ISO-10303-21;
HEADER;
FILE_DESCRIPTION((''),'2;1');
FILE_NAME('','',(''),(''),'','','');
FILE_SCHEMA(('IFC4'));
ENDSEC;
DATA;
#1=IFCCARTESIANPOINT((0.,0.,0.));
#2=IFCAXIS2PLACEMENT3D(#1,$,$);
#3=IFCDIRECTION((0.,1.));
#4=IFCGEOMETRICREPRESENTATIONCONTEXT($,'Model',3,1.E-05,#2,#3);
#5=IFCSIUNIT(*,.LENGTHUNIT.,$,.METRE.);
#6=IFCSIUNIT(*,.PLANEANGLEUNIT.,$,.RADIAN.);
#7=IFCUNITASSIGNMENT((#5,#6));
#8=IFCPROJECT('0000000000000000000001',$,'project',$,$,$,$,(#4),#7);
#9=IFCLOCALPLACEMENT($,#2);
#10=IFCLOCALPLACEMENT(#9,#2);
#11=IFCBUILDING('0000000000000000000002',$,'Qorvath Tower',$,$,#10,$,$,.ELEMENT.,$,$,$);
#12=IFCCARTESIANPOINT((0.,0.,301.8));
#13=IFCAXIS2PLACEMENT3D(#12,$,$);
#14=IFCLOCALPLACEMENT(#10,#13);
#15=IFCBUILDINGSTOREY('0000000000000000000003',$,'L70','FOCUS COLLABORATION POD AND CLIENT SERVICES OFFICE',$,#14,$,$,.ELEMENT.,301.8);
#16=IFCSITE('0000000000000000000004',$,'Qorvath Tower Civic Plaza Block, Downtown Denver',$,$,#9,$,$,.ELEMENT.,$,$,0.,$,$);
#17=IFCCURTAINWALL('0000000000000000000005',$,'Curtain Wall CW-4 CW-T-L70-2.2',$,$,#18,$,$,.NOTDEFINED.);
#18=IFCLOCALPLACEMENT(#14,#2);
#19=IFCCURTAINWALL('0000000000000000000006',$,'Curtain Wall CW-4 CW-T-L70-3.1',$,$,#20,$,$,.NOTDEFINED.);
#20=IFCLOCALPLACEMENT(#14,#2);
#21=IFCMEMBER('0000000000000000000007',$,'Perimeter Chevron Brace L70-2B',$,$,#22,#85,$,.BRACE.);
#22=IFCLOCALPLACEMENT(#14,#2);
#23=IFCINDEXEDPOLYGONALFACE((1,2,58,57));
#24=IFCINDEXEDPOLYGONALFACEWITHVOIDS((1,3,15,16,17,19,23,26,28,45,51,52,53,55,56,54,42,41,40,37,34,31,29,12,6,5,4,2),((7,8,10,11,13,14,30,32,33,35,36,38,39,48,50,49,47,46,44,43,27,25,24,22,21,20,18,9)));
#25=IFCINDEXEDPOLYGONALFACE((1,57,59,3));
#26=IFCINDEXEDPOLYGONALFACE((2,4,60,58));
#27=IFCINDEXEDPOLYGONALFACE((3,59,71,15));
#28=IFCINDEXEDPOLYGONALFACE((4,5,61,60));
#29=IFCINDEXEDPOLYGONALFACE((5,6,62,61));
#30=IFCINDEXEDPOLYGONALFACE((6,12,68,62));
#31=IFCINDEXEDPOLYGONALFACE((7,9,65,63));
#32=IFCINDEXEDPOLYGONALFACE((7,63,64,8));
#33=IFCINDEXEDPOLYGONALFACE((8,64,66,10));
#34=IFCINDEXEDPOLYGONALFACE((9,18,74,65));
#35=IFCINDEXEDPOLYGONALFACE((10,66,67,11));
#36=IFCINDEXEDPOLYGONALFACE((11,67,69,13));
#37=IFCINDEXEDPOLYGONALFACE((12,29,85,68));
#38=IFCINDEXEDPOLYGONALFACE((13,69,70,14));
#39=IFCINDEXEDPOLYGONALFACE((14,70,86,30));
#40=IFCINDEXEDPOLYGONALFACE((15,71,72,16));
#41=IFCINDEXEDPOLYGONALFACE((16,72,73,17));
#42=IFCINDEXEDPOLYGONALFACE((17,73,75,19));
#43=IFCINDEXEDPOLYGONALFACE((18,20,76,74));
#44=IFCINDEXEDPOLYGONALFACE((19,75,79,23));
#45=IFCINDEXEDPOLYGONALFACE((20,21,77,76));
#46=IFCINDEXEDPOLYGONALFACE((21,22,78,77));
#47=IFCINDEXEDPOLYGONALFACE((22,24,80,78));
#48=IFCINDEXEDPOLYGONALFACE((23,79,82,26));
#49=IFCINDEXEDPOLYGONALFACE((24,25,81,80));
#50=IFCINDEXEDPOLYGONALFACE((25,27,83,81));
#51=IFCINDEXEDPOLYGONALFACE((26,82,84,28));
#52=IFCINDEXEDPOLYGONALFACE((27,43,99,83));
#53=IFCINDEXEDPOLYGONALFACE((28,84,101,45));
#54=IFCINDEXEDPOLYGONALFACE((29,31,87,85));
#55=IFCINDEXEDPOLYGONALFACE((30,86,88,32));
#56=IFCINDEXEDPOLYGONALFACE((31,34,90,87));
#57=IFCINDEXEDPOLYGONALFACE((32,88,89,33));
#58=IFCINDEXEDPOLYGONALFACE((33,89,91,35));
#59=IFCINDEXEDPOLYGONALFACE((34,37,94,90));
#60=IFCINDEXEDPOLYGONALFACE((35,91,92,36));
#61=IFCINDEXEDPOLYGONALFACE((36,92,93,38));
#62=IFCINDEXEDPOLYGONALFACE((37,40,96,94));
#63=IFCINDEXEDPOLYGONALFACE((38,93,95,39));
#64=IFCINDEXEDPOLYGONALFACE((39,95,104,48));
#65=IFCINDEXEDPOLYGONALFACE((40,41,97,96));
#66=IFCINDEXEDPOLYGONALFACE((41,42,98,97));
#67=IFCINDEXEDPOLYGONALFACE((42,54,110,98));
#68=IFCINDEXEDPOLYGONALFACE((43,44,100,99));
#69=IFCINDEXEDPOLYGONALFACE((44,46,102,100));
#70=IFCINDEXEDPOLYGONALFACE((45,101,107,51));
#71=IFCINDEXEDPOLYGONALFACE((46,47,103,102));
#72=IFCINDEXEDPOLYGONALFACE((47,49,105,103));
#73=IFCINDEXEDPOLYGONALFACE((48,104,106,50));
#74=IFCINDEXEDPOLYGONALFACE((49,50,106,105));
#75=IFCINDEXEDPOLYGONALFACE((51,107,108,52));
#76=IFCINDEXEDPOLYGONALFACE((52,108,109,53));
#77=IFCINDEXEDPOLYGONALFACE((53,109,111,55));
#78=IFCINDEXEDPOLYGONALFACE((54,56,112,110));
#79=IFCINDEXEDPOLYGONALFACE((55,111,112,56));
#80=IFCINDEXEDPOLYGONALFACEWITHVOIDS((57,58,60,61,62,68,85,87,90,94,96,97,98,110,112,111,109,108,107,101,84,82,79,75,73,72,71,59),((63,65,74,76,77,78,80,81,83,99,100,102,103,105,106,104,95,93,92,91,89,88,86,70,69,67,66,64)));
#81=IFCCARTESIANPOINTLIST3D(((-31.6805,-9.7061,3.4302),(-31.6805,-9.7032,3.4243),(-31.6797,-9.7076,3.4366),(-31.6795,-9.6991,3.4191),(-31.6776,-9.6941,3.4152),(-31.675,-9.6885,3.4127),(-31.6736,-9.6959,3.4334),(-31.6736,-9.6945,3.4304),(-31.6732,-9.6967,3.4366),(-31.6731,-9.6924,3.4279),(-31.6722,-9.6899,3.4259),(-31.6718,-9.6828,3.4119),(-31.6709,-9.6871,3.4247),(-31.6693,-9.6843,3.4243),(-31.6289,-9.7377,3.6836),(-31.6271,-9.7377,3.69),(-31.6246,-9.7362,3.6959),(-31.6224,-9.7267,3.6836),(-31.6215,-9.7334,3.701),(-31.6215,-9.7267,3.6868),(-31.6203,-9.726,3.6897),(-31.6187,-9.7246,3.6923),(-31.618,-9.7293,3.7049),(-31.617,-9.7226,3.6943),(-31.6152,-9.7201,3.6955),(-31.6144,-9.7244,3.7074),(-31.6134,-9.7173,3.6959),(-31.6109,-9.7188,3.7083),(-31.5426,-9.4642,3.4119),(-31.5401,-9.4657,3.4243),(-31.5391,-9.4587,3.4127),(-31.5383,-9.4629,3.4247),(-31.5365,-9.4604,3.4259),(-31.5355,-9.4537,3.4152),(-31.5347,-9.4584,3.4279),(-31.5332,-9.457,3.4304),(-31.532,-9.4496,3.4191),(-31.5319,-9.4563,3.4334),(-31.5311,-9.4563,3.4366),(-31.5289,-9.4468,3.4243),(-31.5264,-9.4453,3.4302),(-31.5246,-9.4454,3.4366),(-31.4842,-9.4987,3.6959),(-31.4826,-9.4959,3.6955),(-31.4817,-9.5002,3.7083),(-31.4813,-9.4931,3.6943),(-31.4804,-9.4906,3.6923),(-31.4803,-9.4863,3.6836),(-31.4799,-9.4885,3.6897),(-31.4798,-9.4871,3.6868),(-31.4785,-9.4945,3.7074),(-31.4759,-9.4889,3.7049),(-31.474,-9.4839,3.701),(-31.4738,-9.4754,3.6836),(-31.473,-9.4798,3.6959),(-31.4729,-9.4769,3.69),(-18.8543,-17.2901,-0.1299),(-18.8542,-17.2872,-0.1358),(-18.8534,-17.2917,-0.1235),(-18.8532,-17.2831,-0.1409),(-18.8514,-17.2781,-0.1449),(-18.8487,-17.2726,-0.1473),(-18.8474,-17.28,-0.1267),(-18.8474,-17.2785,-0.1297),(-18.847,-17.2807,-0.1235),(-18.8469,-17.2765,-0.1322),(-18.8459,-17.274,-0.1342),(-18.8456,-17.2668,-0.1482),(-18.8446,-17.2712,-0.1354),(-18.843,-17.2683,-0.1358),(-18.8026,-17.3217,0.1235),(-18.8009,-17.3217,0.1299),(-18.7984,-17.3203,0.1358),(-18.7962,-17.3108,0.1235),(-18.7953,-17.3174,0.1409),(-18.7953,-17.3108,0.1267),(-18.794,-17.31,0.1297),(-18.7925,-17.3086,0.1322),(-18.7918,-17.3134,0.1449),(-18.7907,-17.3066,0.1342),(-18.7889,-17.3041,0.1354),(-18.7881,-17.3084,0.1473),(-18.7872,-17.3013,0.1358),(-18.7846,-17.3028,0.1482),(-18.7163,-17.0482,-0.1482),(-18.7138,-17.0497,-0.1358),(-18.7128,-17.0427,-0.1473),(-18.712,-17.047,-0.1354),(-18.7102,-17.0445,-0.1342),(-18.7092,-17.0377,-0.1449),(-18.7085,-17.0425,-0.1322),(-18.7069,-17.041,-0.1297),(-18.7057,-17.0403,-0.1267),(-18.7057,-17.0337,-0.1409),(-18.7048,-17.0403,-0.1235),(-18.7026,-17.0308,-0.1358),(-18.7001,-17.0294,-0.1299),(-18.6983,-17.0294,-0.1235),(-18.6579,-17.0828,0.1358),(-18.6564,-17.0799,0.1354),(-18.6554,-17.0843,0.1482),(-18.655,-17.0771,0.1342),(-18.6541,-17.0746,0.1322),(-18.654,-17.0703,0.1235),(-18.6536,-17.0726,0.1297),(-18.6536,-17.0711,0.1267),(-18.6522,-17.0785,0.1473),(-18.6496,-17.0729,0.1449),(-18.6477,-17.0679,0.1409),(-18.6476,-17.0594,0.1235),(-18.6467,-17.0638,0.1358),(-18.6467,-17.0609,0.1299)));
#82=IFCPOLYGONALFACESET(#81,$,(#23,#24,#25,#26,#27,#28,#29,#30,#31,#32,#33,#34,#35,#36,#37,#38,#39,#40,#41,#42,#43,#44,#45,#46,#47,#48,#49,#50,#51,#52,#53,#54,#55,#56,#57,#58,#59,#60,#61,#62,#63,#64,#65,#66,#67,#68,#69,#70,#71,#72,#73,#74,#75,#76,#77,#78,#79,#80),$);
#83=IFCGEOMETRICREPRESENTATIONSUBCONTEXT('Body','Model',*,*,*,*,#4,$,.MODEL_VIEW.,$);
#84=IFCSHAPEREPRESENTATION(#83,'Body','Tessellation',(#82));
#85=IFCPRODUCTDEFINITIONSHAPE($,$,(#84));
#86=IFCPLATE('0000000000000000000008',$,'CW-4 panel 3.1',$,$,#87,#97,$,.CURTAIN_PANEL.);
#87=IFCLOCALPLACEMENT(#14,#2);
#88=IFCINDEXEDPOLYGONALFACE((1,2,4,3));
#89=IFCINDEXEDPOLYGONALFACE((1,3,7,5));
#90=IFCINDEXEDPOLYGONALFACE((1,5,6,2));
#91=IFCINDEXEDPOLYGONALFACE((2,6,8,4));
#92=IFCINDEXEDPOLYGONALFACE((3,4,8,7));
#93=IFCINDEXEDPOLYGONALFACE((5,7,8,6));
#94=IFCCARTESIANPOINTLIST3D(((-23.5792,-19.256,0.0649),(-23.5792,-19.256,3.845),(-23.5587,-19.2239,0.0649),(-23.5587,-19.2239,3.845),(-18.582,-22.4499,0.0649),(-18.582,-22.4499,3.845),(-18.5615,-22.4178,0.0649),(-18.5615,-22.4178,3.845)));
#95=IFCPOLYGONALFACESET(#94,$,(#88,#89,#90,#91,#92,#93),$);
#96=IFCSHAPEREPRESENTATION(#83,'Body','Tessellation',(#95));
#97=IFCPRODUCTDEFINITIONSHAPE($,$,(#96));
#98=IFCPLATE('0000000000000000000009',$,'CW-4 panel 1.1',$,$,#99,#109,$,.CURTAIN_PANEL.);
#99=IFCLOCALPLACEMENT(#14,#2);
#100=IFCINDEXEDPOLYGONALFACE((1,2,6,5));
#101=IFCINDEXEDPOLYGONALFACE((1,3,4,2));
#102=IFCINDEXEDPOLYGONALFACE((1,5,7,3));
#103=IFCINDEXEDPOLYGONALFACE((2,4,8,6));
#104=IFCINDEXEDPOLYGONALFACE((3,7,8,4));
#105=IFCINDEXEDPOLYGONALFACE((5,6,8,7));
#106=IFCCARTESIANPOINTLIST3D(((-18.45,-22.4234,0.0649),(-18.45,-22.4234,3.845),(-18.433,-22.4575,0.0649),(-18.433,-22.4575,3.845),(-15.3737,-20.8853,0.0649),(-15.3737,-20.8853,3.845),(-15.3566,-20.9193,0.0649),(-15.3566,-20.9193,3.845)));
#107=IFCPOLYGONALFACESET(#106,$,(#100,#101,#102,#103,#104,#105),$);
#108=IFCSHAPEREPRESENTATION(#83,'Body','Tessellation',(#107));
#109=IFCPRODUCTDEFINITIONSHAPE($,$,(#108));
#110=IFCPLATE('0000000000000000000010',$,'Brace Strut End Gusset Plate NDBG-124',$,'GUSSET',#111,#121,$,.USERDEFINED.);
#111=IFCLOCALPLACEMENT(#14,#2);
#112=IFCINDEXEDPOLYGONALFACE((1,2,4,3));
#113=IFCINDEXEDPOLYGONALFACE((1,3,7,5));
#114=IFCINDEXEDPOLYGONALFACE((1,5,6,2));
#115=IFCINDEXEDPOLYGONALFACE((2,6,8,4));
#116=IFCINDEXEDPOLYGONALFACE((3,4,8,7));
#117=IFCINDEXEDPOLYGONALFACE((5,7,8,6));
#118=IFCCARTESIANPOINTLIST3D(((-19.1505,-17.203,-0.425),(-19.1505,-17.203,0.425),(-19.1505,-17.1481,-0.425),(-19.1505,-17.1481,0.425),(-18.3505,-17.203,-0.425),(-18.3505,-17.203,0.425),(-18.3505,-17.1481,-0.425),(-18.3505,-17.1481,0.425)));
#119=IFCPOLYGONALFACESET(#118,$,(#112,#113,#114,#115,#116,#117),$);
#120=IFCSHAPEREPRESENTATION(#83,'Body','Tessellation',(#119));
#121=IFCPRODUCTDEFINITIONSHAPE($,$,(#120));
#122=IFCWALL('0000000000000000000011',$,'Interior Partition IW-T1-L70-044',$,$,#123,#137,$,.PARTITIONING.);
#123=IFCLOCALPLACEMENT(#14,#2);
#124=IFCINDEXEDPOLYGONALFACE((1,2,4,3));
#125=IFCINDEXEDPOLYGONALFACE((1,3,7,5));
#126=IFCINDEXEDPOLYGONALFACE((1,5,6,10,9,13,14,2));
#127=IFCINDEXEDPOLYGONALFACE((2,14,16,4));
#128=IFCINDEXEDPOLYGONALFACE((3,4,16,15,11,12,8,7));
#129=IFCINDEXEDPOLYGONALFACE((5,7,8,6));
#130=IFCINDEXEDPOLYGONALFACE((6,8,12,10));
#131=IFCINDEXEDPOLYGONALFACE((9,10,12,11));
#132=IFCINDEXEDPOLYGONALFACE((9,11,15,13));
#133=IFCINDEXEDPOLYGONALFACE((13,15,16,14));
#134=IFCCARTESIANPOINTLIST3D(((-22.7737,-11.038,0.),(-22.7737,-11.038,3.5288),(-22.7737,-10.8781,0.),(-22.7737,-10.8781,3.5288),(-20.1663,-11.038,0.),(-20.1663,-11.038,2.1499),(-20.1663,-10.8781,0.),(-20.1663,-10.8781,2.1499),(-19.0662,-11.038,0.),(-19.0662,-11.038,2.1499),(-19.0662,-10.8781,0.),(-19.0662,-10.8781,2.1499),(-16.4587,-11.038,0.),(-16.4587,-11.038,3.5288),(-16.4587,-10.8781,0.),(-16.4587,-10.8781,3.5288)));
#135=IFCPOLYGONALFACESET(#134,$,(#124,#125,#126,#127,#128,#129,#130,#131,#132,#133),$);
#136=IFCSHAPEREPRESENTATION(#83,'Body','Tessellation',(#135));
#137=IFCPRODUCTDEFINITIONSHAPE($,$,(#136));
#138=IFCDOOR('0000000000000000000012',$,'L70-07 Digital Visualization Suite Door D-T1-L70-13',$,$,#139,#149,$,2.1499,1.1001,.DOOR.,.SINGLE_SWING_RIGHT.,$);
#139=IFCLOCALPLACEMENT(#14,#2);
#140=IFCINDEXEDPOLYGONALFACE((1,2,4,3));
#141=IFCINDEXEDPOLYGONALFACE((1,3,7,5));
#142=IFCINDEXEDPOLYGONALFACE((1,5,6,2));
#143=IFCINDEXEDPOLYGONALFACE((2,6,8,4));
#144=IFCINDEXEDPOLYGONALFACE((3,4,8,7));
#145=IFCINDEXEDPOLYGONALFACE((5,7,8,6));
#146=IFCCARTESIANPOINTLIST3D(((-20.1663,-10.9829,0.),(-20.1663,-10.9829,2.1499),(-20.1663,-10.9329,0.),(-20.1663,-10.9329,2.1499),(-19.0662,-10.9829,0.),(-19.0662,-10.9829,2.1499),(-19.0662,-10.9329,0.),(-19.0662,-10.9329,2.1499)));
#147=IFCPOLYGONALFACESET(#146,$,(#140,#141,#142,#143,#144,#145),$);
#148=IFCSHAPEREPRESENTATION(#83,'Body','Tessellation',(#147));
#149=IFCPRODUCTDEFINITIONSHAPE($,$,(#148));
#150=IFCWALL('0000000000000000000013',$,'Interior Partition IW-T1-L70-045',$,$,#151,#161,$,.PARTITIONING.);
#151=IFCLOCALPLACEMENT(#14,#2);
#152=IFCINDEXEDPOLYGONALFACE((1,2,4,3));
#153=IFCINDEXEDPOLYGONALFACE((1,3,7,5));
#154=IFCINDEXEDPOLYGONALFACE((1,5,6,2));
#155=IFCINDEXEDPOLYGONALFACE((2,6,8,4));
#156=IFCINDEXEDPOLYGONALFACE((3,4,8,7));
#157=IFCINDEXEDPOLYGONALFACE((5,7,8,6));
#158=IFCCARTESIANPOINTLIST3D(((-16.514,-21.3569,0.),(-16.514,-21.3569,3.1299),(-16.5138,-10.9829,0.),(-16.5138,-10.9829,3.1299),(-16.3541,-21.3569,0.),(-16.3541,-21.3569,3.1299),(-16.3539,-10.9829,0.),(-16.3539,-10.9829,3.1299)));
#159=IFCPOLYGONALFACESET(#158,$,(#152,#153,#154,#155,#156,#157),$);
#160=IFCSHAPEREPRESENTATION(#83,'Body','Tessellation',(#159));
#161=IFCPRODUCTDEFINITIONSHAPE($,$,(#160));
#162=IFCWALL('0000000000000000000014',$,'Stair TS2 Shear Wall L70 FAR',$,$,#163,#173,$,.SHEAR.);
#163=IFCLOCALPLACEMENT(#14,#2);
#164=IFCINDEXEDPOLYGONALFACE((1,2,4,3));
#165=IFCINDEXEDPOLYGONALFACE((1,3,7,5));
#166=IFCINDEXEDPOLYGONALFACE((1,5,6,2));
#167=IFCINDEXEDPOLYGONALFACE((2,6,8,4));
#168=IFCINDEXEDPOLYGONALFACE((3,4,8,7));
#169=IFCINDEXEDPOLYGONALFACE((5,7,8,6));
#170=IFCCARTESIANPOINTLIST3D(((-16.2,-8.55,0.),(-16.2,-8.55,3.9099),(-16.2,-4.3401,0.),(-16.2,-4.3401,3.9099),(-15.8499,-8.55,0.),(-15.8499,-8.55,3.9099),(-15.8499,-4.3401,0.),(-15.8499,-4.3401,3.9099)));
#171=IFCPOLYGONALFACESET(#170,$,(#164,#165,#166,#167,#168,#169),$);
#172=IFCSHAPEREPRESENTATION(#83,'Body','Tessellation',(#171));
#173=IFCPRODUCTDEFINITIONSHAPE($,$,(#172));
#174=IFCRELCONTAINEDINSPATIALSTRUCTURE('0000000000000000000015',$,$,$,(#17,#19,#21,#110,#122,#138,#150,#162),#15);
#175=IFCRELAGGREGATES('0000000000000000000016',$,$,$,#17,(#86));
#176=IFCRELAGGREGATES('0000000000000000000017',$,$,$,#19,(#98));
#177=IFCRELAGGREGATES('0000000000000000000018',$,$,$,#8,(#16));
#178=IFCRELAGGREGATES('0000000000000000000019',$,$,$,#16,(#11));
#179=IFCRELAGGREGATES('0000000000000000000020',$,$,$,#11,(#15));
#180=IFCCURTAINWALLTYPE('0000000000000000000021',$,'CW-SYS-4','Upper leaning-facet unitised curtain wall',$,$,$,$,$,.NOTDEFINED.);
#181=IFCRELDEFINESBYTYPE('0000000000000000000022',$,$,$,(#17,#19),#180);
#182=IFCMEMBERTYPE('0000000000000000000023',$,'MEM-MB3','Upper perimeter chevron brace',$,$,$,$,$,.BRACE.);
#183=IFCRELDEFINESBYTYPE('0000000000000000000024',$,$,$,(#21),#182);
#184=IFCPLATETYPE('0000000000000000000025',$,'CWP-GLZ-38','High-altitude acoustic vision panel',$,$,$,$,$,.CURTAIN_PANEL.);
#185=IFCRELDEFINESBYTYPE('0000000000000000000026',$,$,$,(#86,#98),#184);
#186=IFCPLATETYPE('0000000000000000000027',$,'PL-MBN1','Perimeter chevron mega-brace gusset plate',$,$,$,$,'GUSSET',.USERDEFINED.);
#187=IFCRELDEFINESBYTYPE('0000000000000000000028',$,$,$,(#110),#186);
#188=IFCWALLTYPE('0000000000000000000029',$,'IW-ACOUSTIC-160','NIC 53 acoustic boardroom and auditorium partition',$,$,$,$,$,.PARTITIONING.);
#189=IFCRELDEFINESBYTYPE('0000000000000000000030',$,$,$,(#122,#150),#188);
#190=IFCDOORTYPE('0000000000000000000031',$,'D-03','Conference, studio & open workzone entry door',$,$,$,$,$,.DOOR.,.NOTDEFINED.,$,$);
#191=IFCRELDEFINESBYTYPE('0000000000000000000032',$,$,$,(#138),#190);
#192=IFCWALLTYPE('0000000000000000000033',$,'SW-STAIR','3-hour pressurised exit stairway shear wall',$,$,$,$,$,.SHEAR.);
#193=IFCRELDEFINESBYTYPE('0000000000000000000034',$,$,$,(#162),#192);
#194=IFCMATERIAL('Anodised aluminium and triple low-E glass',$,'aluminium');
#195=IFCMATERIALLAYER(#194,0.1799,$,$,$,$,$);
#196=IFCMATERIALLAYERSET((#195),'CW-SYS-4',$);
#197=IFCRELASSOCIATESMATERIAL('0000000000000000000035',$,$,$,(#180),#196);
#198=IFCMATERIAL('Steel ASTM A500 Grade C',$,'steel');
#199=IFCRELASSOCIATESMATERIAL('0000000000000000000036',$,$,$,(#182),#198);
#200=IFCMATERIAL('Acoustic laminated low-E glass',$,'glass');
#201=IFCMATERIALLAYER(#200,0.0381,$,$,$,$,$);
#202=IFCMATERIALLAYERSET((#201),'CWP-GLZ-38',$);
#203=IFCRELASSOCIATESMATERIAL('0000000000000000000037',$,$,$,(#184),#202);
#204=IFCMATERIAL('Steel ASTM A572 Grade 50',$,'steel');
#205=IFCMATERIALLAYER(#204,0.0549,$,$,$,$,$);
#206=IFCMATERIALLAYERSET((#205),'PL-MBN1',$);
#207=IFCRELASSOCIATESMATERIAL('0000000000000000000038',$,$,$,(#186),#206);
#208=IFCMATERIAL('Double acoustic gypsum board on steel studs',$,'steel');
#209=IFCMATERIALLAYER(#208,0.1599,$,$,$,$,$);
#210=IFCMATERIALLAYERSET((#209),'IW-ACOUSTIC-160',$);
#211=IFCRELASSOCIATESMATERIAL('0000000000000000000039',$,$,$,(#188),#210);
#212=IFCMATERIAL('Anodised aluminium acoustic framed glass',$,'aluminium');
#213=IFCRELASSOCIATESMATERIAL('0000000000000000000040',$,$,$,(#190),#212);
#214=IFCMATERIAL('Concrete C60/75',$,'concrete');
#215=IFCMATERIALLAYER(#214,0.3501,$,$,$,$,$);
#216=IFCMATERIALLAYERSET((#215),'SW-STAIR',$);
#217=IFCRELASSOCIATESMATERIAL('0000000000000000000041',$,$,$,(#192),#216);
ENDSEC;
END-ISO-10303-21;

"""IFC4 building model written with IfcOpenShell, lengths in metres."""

from ifc_helpers import new_model, si_unit, direction, frame, frame_2d, origin, origin_2d, place, context, subcontext, project, spatial, rectangle, hollow_rectangle, extrude, material, layer, layer_set, material_profile, profile_set, type_object, element, fill, aggregate, save


model = new_model("IFC4")

# Units and contexts
model_context = context("Model", 3, precision=1e-05, world=origin(), true_north=direction((0.0, 1.0)))
body_context = subcontext(model_context, "Body", "Model", "MODEL_VIEW")
ifc_project = project(units=[si_unit("LENGTHUNIT", "METRE"), si_unit("PLANEANGLEUNIT", "RADIAN")], contexts=[model_context])

# Site, building, storey
site_placement = place(None, origin())
site = spatial("IfcSite", under=ifc_project, at=site_placement, Name="Qorvath Tower Civic Plaza Block, Downtown Denver", CompositionType="ELEMENT", RefElevation=0.0)
building_placement = place(site_placement, origin())
building = spatial("IfcBuilding", under=site, at=building_placement, Name="Qorvath Tower", CompositionType="ELEMENT")
storey_placement = place(building_placement, frame((0.0, 0.0, 301.8)))
storey = spatial("IfcBuildingStorey", under=building, at=storey_placement, Name="L70", Description="FOCUS COLLABORATION POD AND CLIENT SERVICES OFFICE", CompositionType="ELEMENT", Elevation=301.8)

# Curtain wall
ifc_material_1 = material(Name="Anodised aluminium and triple low-E glass", Category="aluminium")
ifc_layer_1 = layer(ifc_material_1, 0.1799)
ifc_layer_set_1 = layer_set([ifc_layer_1], Name="CW-SYS-4")
curtain_wall_type = type_object("IfcCurtainWallType", Name="CW-SYS-4", Description="Upper leaning-facet unitised curtain wall", PredefinedType="NOTDEFINED", material=ifc_layer_set_1)
curtain_wall_1_placement = place(storey_placement, origin())
curtain_wall_1 = element("IfcCurtainWall", 1, at=curtain_wall_1_placement, inside=storey, type_object=curtain_wall_type, Name="Curtain Wall CW-4 CW-T-L70-2.2", PredefinedType="NOTDEFINED")

# Curtain wall
curtain_wall_2_placement = place(storey_placement, origin())
curtain_wall_2 = element("IfcCurtainWall", 2, at=curtain_wall_2_placement, inside=storey, type_object=curtain_wall_type, Name="Curtain Wall CW-4 CW-T-L70-3.1", PredefinedType="NOTDEFINED")

# Member
ifc_material_2 = material(Name="Steel ASTM A500 Grade C", Category="steel")
ifc_material_profile_1 = material_profile(ifc_material_2, hollow_rectangle(XDim=0.3047, YDim=0.3047, WallThickness=0.0127, InnerFilletRadius=0.0127, OuterFilletRadius=0.0254, at=origin_2d()), Name="HSS 305x305x12.7")
ifc_profile_set_1 = profile_set([ifc_material_profile_1], Name="Steel ASTM A500 Grade C")
member_type_1 = type_object("IfcMemberType", Name="MEM-MB3", Description="Upper perimeter chevron brace", PredefinedType="BRACE", material=ifc_profile_set_1)
member_1_placement = place(storey_placement, frame((-18.7505, -17.1755, 0.0), z_axis=(-0.837219, 0.495039, 0.23238), x_axis=(-0.508972, -0.860783, 0.0)))
element("IfcMember", 3, at=member_1_placement, inside=storey, type_object=member_type_1, Name="Perimeter Chevron Brace L70-2B", PredefinedType="BRACE", context=body_context, shape_type="SweptSolid", body=[
    extrude(hollow_rectangle(XDim=0.3047, YDim=0.3047, WallThickness=0.0127, InnerFilletRadius=0.0127, OuterFilletRadius=0.0254, at=origin_2d()), origin(), (0.0, 0.0, 1.0), 15.3201),
])

# Plates
ifc_material_3 = material(Name="Acoustic laminated low-E glass", Category="glass")
ifc_layer_2 = layer(ifc_material_3, 0.0381)
ifc_layer_set_2 = layer_set([ifc_layer_2], Name="CWP-GLZ-38")
plate_type_1 = type_object("IfcPlateType", Name="CWP-GLZ-38", Description="High-altitude acoustic vision panel", PredefinedType="CURTAIN_PANEL", material=ifc_layer_set_2)
plate_1_placement = place(storey_placement, frame((-21.0703, -20.8369, 0.0649), z_axis=(0.0, 0.0, 1.0), x_axis=(0.842603, -0.538535, 0.0)))
plate_1 = element("IfcPlate", 4, at=plate_1_placement, type_object=plate_type_1, Name="CW-4 panel 3.1", PredefinedType="CURTAIN_PANEL", context=body_context, shape_type="SweptSolid", body=[
    extrude(rectangle(XDim=5.9307, YDim=0.0381, at=origin_2d()), origin(), (0.0, 0.0, 1.0), 3.78),
])
aggregate(curtain_wall_1, [plate_1])
plate_2_placement = place(storey_placement, frame((-16.9033, -21.6714, 0.0649), z_axis=(0.0, 0.0, 1.0), x_axis=(0.894427, 0.447214, 0.0)))
plate_2 = element("IfcPlate", 5, at=plate_2_placement, type_object=plate_type_1, Name="CW-4 panel 1.1", PredefinedType="CURTAIN_PANEL", context=body_context, shape_type="SweptSolid", body=[
    extrude(rectangle(XDim=3.4395, YDim=0.0381, at=origin_2d()), origin(), (0.0, 0.0, 1.0), 3.78),
])
aggregate(curtain_wall_2, [plate_2])
ifc_material_4 = material(Name="Steel ASTM A572 Grade 50", Category="steel")
ifc_layer_3 = layer(ifc_material_4, 0.0549)
ifc_layer_set_3 = layer_set([ifc_layer_3], Name="PL-MBN1")
plate_type_2 = type_object("IfcPlateType", Name="PL-MBN1", Description="Perimeter chevron mega-brace gusset plate", ElementType="GUSSET", PredefinedType="USERDEFINED", material=ifc_layer_set_3)
plate_3_placement = place(storey_placement, frame((-18.7505, -17.1755, -0.425), z_axis=(0.0, 0.0, 1.0), x_axis=(1.0, 0.0, 0.0)))
element("IfcPlate", 6, at=plate_3_placement, inside=storey, type_object=plate_type_2, Name="Brace Strut End Gusset Plate NDBG-124", ObjectType="GUSSET", PredefinedType="USERDEFINED", context=body_context, shape_type="SweptSolid", body=[
    extrude(rectangle(XDim=0.8, YDim=0.0549, at=origin_2d()), origin(), (0.0, 0.0, 1.0), 0.8501),
])

# Wall, opening, door
ifc_material_5 = material(Name="Double acoustic gypsum board on steel studs", Category="steel")
ifc_layer_4 = layer(ifc_material_5, 0.1599)
ifc_layer_set_4 = layer_set([ifc_layer_4], Name="IW-ACOUSTIC-160")
wall_type_1 = type_object("IfcWallType", Name="IW-ACOUSTIC-160", Description="NIC 53 acoustic boardroom and auditorium partition", PredefinedType="PARTITIONING", material=ifc_layer_set_4)
wall_1_placement = place(storey_placement, frame((-16.4587, -10.958, 0.0), z_axis=(0.0, 0.0, 1.0), x_axis=(-1.0, 0.0, 0.0)))
wall_1 = element("IfcWall", 7, at=wall_1_placement, inside=storey, type_object=wall_type_1, Name="Interior Partition IW-T1-L70-044", PredefinedType="PARTITIONING", context=body_context, shape_type="SweptSolid", body=[
    extrude(rectangle(XDim=6.3149, YDim=0.1599, at=frame_2d((3.1575, 0.0))), origin(), (0.0, 0.0, 1.0), 3.5288),
])
opening_placement = place(wall_1_placement, frame((2.6074, 0.0, 0.0)))
opening = element("IfcOpeningElement", 8, at=opening_placement, cuts=wall_1, PredefinedType="OPENING", context=body_context, shape_type="SweptSolid", body=[
    extrude(rectangle(XDim=1.1001, YDim=2.1499, at=frame_2d((0.55, 1.075))), frame((0.0, 0.0898, 0.0), z_axis=(0.0, -1.0, 0.0), x_axis=(1.0, 0.0, 0.0)), (0.0, 0.0, 1.0), 0.1799),
])
ifc_material_6 = material(Name="Anodised aluminium acoustic framed glass", Category="aluminium")
door_type = type_object("IfcDoorType", Name="D-03", Description="Conference, studio & open workzone entry door", OperationType="NOTDEFINED", PredefinedType="DOOR", material=ifc_material_6)
door_placement = place(opening_placement, origin())
door = element("IfcDoor", 9, at=door_placement, inside=storey, type_object=door_type, Name="L70-07 Digital Visualization Suite Door D-T1-L70-13", OperationType="SINGLE_SWING_RIGHT", OverallHeight=2.1499, OverallWidth=1.1001, PredefinedType="DOOR", context=body_context, shape_type="SweptSolid", body=[
    extrude(rectangle(XDim=1.1001, YDim=2.1499, at=frame_2d((0.55, 1.075))), frame((0.0, 0.0249, 0.0), z_axis=(0.0, -1.0, 0.0), x_axis=(1.0, 0.0, 0.0)), (0.0, 0.0, 1.0), 0.05),
])
fill(opening, door)

# Walls
wall_2_placement = place(storey_placement, frame((-16.4341, -21.3569, 0.0), z_axis=(0.0, 0.0, 1.0), x_axis=(0.000024, 1.0, 0.0)))
element("IfcWall", 10, at=wall_2_placement, inside=storey, type_object=wall_type_1, Name="Interior Partition IW-T1-L70-045", PredefinedType="PARTITIONING", context=body_context, shape_type="SweptSolid", body=[
    extrude(rectangle(XDim=10.374, YDim=0.1599, at=frame_2d((5.187, 0.0))), origin(), (0.0, 0.0, 1.0), 3.1299),
])
ifc_material_7 = material(Name="Concrete C60/75", Category="concrete")
ifc_layer_5 = layer(ifc_material_7, 0.3501)
ifc_layer_set_5 = layer_set([ifc_layer_5], Name="SW-STAIR")
wall_type_2 = type_object("IfcWallType", Name="SW-STAIR", Description="3-hour pressurised exit stairway shear wall", PredefinedType="SHEAR", material=ifc_layer_set_5)
wall_3_placement = place(storey_placement, frame((-16.0249, -8.55, 0.0), z_axis=(0.0, 0.0, 1.0), x_axis=(0.0, 1.0, 0.0)))
element("IfcWall", 11, at=wall_3_placement, inside=storey, type_object=wall_type_2, Name="Stair TS2 Shear Wall L70 FAR", PredefinedType="SHEAR", context=body_context, shape_type="SweptSolid", body=[
    extrude(rectangle(XDim=4.21, YDim=0.3501, at=frame_2d((2.105, 0.0))), origin(), (0.0, 0.0, 1.0), 3.9099),
])

save(model, "model.ifc")
